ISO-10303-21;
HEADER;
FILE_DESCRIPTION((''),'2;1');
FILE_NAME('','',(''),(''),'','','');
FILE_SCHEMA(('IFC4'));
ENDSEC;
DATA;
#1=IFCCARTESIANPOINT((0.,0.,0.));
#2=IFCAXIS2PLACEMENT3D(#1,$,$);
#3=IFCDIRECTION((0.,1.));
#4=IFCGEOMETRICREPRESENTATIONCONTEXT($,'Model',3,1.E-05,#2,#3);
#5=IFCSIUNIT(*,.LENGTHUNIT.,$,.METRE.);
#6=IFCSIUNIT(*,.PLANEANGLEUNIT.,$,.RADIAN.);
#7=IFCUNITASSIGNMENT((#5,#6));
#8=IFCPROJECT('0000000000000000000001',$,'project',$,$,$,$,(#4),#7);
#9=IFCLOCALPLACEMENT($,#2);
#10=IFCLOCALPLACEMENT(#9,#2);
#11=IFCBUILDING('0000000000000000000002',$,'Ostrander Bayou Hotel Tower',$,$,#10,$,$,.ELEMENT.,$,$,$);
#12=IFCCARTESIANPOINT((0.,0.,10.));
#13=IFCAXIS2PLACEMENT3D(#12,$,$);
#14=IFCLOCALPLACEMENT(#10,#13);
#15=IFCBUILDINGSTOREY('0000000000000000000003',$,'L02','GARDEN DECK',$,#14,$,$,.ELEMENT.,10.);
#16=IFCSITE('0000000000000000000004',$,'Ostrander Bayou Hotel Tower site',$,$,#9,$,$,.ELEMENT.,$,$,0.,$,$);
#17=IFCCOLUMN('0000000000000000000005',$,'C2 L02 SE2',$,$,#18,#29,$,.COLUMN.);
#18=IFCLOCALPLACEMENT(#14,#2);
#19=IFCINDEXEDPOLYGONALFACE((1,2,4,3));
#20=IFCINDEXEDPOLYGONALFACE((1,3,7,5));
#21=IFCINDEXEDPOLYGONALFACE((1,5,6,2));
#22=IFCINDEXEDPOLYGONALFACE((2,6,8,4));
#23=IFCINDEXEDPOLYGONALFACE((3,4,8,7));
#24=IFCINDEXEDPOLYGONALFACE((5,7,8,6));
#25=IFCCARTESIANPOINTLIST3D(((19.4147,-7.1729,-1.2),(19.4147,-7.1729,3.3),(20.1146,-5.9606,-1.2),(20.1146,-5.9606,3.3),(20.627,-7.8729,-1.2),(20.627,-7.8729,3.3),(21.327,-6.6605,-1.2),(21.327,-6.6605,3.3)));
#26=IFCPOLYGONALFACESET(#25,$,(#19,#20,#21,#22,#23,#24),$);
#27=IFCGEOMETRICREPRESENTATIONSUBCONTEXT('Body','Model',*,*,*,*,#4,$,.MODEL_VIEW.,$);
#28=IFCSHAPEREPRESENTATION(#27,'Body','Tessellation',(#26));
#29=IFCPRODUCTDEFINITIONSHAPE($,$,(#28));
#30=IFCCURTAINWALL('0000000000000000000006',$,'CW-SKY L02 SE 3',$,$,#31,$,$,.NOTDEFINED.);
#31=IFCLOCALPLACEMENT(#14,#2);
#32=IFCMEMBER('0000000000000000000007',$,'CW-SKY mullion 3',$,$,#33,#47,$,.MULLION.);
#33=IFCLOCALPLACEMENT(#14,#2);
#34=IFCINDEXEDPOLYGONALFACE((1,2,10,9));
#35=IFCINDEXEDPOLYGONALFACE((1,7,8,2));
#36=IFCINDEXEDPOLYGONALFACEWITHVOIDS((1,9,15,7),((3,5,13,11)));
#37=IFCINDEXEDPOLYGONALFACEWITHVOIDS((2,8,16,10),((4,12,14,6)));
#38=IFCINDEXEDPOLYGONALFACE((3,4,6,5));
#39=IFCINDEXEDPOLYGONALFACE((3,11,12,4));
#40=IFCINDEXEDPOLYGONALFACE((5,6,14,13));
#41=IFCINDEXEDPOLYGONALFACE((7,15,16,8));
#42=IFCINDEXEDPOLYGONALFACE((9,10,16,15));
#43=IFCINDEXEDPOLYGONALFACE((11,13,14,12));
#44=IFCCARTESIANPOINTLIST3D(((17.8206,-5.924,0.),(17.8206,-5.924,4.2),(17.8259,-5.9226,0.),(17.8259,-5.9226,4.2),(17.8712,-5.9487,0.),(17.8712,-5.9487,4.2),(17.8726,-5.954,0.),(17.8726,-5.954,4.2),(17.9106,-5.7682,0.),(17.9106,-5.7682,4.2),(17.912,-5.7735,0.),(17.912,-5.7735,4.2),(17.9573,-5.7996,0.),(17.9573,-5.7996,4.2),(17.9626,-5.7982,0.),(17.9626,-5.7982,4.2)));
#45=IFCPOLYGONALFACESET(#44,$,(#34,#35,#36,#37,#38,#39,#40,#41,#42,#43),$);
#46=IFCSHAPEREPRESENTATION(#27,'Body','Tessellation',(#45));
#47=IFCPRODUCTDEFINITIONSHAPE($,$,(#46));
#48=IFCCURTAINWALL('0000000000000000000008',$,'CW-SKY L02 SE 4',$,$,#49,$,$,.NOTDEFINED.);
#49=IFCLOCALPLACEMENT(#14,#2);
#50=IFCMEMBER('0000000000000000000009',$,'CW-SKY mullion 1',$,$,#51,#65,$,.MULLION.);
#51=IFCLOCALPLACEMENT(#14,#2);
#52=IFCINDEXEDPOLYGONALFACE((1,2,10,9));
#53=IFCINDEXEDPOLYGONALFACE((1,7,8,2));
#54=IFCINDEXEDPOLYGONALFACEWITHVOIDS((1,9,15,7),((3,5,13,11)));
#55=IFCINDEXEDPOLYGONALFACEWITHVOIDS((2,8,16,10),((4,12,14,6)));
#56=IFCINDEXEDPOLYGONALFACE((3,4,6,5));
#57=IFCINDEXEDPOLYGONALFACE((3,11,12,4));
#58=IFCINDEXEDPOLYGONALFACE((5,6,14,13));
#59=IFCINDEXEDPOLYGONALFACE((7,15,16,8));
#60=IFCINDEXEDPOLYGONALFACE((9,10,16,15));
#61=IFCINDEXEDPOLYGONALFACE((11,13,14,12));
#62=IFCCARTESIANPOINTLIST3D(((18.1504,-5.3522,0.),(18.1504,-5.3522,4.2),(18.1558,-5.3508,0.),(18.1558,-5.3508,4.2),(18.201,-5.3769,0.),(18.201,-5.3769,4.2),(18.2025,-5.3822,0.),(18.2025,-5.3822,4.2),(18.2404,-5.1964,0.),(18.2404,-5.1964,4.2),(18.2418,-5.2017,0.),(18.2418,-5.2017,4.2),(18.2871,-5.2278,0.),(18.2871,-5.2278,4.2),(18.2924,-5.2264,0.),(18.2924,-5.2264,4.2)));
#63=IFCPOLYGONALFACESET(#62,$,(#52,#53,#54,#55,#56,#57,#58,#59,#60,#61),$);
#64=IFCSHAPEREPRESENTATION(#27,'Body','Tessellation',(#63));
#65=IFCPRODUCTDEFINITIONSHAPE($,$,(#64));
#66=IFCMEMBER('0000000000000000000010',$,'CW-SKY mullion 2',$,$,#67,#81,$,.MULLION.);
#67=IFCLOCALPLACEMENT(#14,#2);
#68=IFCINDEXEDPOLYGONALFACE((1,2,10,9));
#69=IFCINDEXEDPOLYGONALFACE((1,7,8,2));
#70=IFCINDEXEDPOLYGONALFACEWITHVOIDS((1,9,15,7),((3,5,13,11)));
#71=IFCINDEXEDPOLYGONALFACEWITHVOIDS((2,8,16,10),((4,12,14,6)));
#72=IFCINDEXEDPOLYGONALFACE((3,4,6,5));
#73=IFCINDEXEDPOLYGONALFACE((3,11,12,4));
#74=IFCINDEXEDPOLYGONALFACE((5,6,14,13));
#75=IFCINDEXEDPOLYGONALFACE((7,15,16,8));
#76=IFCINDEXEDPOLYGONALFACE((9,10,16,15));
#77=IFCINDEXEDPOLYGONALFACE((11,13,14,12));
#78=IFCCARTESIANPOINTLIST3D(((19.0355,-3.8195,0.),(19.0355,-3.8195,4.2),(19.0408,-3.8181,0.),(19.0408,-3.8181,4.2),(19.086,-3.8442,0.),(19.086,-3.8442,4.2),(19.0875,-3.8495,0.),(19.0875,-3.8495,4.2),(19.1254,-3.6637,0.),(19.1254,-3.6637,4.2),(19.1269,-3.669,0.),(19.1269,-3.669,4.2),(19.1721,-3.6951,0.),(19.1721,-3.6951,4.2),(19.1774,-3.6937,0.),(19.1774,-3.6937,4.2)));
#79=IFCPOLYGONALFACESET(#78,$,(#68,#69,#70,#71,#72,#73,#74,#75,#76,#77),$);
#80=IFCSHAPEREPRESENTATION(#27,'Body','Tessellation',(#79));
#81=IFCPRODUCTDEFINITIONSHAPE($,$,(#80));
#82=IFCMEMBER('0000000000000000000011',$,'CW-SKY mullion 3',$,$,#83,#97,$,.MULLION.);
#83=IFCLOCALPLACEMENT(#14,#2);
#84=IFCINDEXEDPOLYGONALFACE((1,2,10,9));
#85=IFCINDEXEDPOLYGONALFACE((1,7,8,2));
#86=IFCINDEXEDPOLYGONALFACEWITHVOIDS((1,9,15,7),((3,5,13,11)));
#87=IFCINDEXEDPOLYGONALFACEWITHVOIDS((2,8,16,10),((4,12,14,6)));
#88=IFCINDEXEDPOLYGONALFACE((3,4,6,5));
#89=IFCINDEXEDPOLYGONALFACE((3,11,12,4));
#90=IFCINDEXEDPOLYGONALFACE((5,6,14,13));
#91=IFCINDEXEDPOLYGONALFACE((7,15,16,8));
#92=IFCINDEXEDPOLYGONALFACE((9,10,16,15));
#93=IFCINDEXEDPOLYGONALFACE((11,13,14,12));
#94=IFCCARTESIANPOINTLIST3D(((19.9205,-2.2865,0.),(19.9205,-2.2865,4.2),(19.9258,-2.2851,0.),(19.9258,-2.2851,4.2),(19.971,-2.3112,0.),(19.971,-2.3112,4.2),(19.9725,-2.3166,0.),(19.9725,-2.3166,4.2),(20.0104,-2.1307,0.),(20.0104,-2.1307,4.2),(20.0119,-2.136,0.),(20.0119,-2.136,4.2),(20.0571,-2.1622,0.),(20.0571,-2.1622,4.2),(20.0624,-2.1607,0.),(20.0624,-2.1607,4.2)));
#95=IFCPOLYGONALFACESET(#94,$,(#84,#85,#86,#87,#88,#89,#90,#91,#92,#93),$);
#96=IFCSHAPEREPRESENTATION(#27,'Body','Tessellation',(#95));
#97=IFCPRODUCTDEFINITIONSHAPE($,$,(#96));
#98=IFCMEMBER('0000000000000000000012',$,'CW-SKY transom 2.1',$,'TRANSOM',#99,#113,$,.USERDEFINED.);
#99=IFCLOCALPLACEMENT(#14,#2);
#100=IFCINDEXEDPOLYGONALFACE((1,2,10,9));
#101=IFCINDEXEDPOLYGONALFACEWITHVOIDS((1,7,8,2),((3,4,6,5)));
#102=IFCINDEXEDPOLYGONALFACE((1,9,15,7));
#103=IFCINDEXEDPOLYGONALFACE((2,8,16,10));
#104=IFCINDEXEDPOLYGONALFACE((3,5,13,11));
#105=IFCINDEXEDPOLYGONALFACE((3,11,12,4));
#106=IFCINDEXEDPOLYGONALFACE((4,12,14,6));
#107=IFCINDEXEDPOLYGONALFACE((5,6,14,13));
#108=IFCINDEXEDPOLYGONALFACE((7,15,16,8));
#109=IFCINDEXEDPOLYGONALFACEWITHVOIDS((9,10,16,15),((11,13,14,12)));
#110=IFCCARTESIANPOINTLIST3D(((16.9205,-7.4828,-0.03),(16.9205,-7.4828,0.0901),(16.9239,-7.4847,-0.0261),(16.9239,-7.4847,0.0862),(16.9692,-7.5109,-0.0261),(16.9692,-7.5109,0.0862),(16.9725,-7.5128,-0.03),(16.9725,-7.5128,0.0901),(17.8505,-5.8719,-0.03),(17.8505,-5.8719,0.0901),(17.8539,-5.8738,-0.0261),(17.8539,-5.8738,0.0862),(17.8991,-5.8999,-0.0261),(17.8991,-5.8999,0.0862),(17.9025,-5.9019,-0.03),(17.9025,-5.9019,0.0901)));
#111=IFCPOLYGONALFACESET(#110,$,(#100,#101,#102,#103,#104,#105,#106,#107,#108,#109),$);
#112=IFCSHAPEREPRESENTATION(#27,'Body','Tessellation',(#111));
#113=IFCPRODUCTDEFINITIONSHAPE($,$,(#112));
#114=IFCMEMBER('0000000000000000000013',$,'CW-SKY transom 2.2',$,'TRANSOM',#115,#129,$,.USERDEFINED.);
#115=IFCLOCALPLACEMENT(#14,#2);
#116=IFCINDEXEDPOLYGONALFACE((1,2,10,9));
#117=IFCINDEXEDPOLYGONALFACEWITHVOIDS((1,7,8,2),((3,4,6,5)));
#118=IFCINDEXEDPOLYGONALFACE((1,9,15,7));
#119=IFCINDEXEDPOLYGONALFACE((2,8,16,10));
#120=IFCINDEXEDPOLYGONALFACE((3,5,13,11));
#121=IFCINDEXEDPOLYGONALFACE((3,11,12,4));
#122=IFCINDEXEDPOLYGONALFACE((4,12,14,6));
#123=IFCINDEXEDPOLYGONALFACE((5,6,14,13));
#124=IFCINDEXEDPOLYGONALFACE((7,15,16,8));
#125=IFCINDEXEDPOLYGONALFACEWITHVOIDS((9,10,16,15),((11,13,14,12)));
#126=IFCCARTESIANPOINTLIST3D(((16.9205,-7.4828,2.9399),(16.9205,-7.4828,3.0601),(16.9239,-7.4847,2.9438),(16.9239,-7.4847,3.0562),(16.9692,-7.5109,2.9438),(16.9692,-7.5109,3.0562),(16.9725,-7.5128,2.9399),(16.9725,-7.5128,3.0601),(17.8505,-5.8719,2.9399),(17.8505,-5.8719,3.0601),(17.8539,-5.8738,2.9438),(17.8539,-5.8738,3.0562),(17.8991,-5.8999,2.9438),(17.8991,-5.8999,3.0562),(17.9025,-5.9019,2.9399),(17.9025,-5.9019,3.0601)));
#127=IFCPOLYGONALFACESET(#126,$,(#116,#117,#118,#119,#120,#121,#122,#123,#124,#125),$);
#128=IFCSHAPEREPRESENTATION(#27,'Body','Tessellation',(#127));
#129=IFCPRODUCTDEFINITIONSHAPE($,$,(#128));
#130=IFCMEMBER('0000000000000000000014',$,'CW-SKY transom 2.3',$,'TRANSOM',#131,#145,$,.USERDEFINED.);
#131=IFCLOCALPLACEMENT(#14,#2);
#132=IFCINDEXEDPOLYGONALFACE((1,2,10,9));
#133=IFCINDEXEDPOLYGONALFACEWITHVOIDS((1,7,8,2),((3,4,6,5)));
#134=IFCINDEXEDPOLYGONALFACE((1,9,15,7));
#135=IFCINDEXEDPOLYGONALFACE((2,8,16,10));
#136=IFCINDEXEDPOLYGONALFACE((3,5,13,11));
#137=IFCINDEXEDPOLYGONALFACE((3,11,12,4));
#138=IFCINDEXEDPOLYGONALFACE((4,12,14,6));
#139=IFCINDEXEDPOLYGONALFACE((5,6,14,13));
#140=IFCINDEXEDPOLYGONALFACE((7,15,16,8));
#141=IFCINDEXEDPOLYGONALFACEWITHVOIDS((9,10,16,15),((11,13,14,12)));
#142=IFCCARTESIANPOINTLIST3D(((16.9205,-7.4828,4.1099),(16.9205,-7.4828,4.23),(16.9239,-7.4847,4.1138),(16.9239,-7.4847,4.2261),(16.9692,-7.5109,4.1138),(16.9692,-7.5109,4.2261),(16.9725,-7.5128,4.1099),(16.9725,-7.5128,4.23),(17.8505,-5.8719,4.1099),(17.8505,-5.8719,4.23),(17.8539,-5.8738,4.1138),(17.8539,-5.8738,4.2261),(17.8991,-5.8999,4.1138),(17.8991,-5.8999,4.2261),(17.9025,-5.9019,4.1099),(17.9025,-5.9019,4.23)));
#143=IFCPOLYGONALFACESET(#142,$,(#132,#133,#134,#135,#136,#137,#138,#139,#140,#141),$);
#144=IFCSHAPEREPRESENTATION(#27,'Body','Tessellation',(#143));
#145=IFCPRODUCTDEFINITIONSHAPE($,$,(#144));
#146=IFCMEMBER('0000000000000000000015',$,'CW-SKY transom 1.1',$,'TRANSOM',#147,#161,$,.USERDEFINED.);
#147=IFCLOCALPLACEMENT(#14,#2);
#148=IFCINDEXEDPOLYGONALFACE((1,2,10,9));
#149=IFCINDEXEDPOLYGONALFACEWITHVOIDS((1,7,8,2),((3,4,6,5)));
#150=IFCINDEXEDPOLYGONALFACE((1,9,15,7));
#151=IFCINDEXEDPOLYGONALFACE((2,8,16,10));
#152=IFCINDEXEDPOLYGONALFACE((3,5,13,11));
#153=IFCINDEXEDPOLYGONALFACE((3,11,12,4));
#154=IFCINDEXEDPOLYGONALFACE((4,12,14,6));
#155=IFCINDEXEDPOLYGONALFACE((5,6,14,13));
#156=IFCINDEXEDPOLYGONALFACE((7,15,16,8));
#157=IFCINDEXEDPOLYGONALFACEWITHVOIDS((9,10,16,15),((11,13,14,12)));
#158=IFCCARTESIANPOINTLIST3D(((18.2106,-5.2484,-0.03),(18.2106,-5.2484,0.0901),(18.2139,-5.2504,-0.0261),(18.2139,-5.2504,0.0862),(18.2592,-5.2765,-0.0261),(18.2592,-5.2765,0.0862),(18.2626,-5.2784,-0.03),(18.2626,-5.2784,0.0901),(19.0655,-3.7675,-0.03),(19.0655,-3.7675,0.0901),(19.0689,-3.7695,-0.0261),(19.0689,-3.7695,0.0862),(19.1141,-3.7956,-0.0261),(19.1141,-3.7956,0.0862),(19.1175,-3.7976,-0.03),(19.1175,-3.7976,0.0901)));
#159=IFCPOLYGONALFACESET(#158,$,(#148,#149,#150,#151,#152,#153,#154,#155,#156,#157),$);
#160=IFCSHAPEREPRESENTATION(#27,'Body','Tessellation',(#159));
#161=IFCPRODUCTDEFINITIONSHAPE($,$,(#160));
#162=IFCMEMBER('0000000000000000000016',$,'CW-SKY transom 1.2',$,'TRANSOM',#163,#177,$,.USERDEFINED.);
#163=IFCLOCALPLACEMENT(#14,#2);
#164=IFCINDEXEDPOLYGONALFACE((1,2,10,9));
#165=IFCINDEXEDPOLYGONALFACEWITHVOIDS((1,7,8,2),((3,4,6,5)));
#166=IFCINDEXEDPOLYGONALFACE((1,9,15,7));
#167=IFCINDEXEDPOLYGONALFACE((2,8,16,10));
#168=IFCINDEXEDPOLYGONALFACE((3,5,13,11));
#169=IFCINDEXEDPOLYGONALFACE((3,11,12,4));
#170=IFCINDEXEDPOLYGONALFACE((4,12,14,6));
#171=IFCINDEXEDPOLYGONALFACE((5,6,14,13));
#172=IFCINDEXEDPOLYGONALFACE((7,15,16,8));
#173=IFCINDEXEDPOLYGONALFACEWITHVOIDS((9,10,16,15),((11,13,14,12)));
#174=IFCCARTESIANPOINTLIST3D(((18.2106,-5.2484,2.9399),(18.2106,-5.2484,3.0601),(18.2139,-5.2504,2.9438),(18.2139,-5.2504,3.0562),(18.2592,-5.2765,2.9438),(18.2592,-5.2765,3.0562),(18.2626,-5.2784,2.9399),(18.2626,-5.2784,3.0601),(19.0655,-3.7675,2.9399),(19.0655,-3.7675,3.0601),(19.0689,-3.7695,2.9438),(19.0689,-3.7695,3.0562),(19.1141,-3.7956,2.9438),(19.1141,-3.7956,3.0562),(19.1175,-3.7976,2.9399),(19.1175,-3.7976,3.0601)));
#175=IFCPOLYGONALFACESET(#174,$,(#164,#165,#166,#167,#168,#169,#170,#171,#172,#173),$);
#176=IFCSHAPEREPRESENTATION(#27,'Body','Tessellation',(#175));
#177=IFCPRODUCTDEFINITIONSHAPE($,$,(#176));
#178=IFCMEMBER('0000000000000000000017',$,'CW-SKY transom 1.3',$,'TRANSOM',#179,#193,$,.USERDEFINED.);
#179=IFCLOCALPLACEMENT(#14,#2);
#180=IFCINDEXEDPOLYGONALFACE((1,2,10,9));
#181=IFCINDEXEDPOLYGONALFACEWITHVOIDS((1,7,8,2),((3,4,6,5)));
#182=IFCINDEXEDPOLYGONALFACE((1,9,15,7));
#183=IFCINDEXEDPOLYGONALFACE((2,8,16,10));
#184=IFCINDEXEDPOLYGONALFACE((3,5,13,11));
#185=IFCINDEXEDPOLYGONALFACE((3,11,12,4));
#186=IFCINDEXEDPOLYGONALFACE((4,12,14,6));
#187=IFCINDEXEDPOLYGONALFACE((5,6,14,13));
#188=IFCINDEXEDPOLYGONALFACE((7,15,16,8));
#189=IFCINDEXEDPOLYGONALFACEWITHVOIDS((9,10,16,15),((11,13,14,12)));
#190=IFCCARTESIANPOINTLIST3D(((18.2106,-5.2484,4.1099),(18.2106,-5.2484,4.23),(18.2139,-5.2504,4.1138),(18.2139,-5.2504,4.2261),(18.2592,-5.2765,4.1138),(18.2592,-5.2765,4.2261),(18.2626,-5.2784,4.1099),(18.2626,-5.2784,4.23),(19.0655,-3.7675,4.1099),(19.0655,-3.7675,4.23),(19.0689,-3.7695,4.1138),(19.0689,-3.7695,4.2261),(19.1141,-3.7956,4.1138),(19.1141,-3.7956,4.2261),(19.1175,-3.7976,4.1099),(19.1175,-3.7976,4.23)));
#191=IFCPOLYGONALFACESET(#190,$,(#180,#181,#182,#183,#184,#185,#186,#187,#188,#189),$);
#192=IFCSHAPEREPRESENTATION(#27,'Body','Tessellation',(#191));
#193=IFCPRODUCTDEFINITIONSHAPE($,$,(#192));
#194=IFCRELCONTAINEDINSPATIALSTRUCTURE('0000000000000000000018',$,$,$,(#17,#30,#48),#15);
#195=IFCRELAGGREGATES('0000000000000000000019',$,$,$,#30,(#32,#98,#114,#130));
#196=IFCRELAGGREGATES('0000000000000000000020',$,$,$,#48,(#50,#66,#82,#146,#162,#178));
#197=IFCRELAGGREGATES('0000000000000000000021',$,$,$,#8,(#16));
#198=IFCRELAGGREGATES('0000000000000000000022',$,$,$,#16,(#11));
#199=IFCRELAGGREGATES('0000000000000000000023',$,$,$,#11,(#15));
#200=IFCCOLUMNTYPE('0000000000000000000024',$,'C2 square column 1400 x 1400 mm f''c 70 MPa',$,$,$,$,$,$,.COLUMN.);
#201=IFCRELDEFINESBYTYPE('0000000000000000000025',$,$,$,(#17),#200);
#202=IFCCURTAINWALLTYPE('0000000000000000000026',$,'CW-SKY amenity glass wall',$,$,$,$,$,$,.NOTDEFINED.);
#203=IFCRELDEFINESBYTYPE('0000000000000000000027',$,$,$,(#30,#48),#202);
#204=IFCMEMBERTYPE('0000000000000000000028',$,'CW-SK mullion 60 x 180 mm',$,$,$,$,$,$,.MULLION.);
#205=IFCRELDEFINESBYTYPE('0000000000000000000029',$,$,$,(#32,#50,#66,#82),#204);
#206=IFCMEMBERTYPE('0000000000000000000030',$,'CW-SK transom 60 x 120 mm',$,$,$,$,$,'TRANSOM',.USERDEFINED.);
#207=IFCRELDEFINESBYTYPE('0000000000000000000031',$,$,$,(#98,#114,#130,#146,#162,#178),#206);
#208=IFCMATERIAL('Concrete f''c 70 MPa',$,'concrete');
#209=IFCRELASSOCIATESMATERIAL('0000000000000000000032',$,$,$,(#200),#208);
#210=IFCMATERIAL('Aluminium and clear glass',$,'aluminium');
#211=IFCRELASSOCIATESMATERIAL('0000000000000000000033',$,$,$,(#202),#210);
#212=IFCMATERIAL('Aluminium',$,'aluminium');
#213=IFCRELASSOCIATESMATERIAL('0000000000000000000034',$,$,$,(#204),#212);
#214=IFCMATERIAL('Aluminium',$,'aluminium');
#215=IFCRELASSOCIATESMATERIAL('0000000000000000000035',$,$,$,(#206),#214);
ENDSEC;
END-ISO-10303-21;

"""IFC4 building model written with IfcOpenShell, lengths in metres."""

from ifc_helpers import new_model, si_unit, direction, frame, origin, origin_2d, place, context, subcontext, project, spatial, rectangle, hollow_rectangle, extrude, material, material_profile, profile_set, type_object, element, aggregate, save


model = new_model("IFC4")

# Units and contexts
model_context = context("Model", 3, precision=1e-05, world=origin(), true_north=direction((0.0, 1.0)))
body_context = subcontext(model_context, "Body", "Model", "MODEL_VIEW")
ifc_project = project(units=[si_unit("LENGTHUNIT", "METRE"), si_unit("PLANEANGLEUNIT", "RADIAN")], contexts=[model_context])

# Site, building, storey
site_placement = place(None, origin())
site = spatial("IfcSite", under=ifc_project, at=site_placement, Name="Ostrander Bayou Hotel Tower site", CompositionType="ELEMENT", RefElevation=0.0)
building_placement = place(site_placement, origin())
building = spatial("IfcBuilding", under=site, at=building_placement, Name="Ostrander Bayou Hotel Tower", CompositionType="ELEMENT")
storey_placement = place(building_placement, frame((0.0, 0.0, 10.0)))
storey = spatial("IfcBuildingStorey", under=building, at=storey_placement, Name="L02", Description="GARDEN DECK", CompositionType="ELEMENT", Elevation=10.0)

# Column
ifc_material_1 = material(Name="Concrete f'c 70 MPa", Category="concrete")
ifc_material_profile_1 = material_profile(ifc_material_1, rectangle(XDim=1.3999, YDim=1.3999, at=origin_2d()))
ifc_profile_set_1 = profile_set([ifc_material_profile_1], Name="Concrete f'c 70 MPa")
column_type = type_object("IfcColumnType", Name="C2 square column 1400 x 1400 mm f'c 70 MPa", PredefinedType="COLUMN", material=ifc_profile_set_1)
column_placement = place(storey_placement, frame((20.3708, -6.9167, -1.2), z_axis=(0.0, 0.0, 1.0), x_axis=(-0.5, -0.866025, 0.0)))
element("IfcColumn", 1, at=column_placement, inside=storey, type_object=column_type, Name="C2 L02 SE2", PredefinedType="COLUMN", context=body_context, shape_type="SweptSolid", body=[
    extrude(rectangle(XDim=1.3999, YDim=1.3999, at=origin_2d()), origin(), (0.0, 0.0, 1.0), 4.5),
])

# Curtain wall, member
ifc_material_2 = material(Name="Aluminium and clear glass", Category="aluminium")
curtain_wall_type = type_object("IfcCurtainWallType", Name="CW-SKY amenity glass wall", PredefinedType="NOTDEFINED", material=ifc_material_2)
curtain_wall_1_placement = place(storey_placement, origin())
curtain_wall_1 = element("IfcCurtainWall", 2, at=curtain_wall_1_placement, inside=storey, type_object=curtain_wall_type, Name="CW-SKY L02 SE 3", PredefinedType="NOTDEFINED")
ifc_material_3 = material(Name="Aluminium", Category="aluminium")
ifc_material_profile_2 = material_profile(ifc_material_3, hollow_rectangle(XDim=0.0601, YDim=0.1799, WallThickness=0.0039, at=origin_2d()))
ifc_profile_set_2 = profile_set([ifc_material_profile_2], Name="Aluminium")
member_type_1 = type_object("IfcMemberType", Name="CW-SK mullion 60 x 180 mm", PredefinedType="MULLION", material=ifc_profile_set_2)
member_1_placement = place(storey_placement, frame((17.8916, -5.8611, 0.0), z_axis=(0.0, 0.0, 1.0), x_axis=(-0.866025, 0.5, 0.0)))
member_1 = element("IfcMember", 3, at=member_1_placement, type_object=member_type_1, Name="CW-SKY mullion 3", PredefinedType="MULLION", context=body_context, shape_type="SweptSolid", body=[
    extrude(hollow_rectangle(XDim=0.0601, YDim=0.1799, WallThickness=0.0039, at=origin_2d()), origin(), (0.0, 0.0, 1.0), 4.2),
])

# Curtain wall, members
curtain_wall_2_placement = place(storey_placement, origin())
curtain_wall_2 = element("IfcCurtainWall", 4, at=curtain_wall_2_placement, inside=storey, type_object=curtain_wall_type, Name="CW-SKY L02 SE 4", PredefinedType="NOTDEFINED")
member_2_placement = place(storey_placement, frame((18.2214, -5.2893, 0.0), z_axis=(0.0, 0.0, 1.0), x_axis=(-0.866026, 0.499999, 0.0)))
member_2 = element("IfcMember", 5, at=member_2_placement, type_object=member_type_1, Name="CW-SKY mullion 1", PredefinedType="MULLION", context=body_context, shape_type="SweptSolid", body=[
    extrude(hollow_rectangle(XDim=0.0601, YDim=0.1799, WallThickness=0.0039, at=origin_2d()), origin(), (0.0, 0.0, 1.0), 4.2),
])
member_3_placement = place(storey_placement, frame((19.1064, -3.7566, 0.0), z_axis=(0.0, 0.0, 1.0), x_axis=(-0.866026, 0.499999, 0.0)))
member_3 = element("IfcMember", 6, at=member_3_placement, type_object=member_type_1, Name="CW-SKY mullion 2", PredefinedType="MULLION", context=body_context, shape_type="SweptSolid", body=[
    extrude(hollow_rectangle(XDim=0.0601, YDim=0.1799, WallThickness=0.0039, at=origin_2d()), origin(), (0.0, 0.0, 1.0), 4.2),
])
member_4_placement = place(storey_placement, frame((19.9915, -2.2236, 0.0), z_axis=(0.0, 0.0, 1.0), x_axis=(-0.866026, 0.499999, 0.0)))
member_4 = element("IfcMember", 7, at=member_4_placement, type_object=member_type_1, Name="CW-SKY mullion 3", PredefinedType="MULLION", context=body_context, shape_type="SweptSolid", body=[
    extrude(hollow_rectangle(XDim=0.0601, YDim=0.1799, WallThickness=0.0039, at=origin_2d()), origin(), (0.0, 0.0, 1.0), 4.2),
])

# Members
ifc_material_4 = material(Name="Aluminium", Category="aluminium")
ifc_material_profile_3 = material_profile(ifc_material_4, hollow_rectangle(XDim=0.0601, YDim=0.1201, WallThickness=0.0039, at=origin_2d()))
ifc_profile_set_3 = profile_set([ifc_material_profile_3], Name="Aluminium")
member_type_2 = type_object("IfcMemberType", Name="CW-SK transom 60 x 120 mm", ElementType="TRANSOM", PredefinedType="USERDEFINED", material=ifc_profile_set_3)
member_5_placement = place(storey_placement, frame((16.9465, -7.4978, 0.03), z_axis=(0.499965, 0.866046, 0.0), x_axis=(-0.866046, 0.499965, 0.0)))
member_5 = element("IfcMember", 8, at=member_5_placement, type_object=member_type_2, Name="CW-SKY transom 2.1", ObjectType="TRANSOM", PredefinedType="USERDEFINED", context=body_context, shape_type="SweptSolid", body=[
    extrude(hollow_rectangle(XDim=0.0601, YDim=0.1201, WallThickness=0.0039, at=origin_2d()), origin(), (0.0, 0.0, 1.0), 1.8601),
])
member_6_placement = place(storey_placement, frame((16.9465, -7.4978, 3.0), z_axis=(0.499965, 0.866046, 0.0), x_axis=(-0.866046, 0.499965, 0.0)))
member_6 = element("IfcMember", 9, at=member_6_placement, type_object=member_type_2, Name="CW-SKY transom 2.2", ObjectType="TRANSOM", PredefinedType="USERDEFINED", context=body_context, shape_type="SweptSolid", body=[
    extrude(hollow_rectangle(XDim=0.0601, YDim=0.1201, WallThickness=0.0039, at=origin_2d()), origin(), (0.0, 0.0, 1.0), 1.8601),
])
member_7_placement = place(storey_placement, frame((16.9465, -7.4978, 4.1699), z_axis=(0.499965, 0.866046, 0.0), x_axis=(-0.866046, 0.499965, 0.0)))
member_7 = element("IfcMember", 10, at=member_7_placement, type_object=member_type_2, Name="CW-SKY transom 2.3", ObjectType="TRANSOM", PredefinedType="USERDEFINED", context=body_context, shape_type="SweptSolid", body=[
    extrude(hollow_rectangle(XDim=0.0601, YDim=0.1201, WallThickness=0.0039, at=origin_2d()), origin(), (0.0, 0.0, 1.0), 1.8601),
])
member_8_placement = place(storey_placement, frame((18.2366, -5.2634, 0.03), z_axis=(0.499978, 0.866038, 0.0), x_axis=(-0.866038, 0.499978, 0.0)))
member_8 = element("IfcMember", 11, at=member_8_placement, type_object=member_type_2, Name="CW-SKY transom 1.1", ObjectType="TRANSOM", PredefinedType="USERDEFINED", context=body_context, shape_type="SweptSolid", body=[
    extrude(hollow_rectangle(XDim=0.0601, YDim=0.1201, WallThickness=0.0039, at=origin_2d()), origin(), (0.0, 0.0, 1.0), 1.71),
])
member_9_placement = place(storey_placement, frame((18.2366, -5.2634, 3.0), z_axis=(0.499978, 0.866038, 0.0), x_axis=(-0.866038, 0.499978, 0.0)))
member_9 = element("IfcMember", 12, at=member_9_placement, type_object=member_type_2, Name="CW-SKY transom 1.2", ObjectType="TRANSOM", PredefinedType="USERDEFINED", context=body_context, shape_type="SweptSolid", body=[
    extrude(hollow_rectangle(XDim=0.0601, YDim=0.1201, WallThickness=0.0039, at=origin_2d()), origin(), (0.0, 0.0, 1.0), 1.71),
])
member_10_placement = place(storey_placement, frame((18.2366, -5.2634, 4.1699), z_axis=(0.499978, 0.866038, 0.0), x_axis=(-0.866038, 0.499978, 0.0)))
member_10 = element("IfcMember", 13, at=member_10_placement, type_object=member_type_2, Name="CW-SKY transom 1.3", ObjectType="TRANSOM", PredefinedType="USERDEFINED", context=body_context, shape_type="SweptSolid", body=[
    extrude(hollow_rectangle(XDim=0.0601, YDim=0.1201, WallThickness=0.0039, at=origin_2d()), origin(), (0.0, 0.0, 1.0), 1.71),
])

aggregate(curtain_wall_1, [member_1, member_5, member_6, member_7])
aggregate(curtain_wall_2, [member_2, member_3, member_4, member_8, member_9, member_10])

save(model, "model.ifc")
